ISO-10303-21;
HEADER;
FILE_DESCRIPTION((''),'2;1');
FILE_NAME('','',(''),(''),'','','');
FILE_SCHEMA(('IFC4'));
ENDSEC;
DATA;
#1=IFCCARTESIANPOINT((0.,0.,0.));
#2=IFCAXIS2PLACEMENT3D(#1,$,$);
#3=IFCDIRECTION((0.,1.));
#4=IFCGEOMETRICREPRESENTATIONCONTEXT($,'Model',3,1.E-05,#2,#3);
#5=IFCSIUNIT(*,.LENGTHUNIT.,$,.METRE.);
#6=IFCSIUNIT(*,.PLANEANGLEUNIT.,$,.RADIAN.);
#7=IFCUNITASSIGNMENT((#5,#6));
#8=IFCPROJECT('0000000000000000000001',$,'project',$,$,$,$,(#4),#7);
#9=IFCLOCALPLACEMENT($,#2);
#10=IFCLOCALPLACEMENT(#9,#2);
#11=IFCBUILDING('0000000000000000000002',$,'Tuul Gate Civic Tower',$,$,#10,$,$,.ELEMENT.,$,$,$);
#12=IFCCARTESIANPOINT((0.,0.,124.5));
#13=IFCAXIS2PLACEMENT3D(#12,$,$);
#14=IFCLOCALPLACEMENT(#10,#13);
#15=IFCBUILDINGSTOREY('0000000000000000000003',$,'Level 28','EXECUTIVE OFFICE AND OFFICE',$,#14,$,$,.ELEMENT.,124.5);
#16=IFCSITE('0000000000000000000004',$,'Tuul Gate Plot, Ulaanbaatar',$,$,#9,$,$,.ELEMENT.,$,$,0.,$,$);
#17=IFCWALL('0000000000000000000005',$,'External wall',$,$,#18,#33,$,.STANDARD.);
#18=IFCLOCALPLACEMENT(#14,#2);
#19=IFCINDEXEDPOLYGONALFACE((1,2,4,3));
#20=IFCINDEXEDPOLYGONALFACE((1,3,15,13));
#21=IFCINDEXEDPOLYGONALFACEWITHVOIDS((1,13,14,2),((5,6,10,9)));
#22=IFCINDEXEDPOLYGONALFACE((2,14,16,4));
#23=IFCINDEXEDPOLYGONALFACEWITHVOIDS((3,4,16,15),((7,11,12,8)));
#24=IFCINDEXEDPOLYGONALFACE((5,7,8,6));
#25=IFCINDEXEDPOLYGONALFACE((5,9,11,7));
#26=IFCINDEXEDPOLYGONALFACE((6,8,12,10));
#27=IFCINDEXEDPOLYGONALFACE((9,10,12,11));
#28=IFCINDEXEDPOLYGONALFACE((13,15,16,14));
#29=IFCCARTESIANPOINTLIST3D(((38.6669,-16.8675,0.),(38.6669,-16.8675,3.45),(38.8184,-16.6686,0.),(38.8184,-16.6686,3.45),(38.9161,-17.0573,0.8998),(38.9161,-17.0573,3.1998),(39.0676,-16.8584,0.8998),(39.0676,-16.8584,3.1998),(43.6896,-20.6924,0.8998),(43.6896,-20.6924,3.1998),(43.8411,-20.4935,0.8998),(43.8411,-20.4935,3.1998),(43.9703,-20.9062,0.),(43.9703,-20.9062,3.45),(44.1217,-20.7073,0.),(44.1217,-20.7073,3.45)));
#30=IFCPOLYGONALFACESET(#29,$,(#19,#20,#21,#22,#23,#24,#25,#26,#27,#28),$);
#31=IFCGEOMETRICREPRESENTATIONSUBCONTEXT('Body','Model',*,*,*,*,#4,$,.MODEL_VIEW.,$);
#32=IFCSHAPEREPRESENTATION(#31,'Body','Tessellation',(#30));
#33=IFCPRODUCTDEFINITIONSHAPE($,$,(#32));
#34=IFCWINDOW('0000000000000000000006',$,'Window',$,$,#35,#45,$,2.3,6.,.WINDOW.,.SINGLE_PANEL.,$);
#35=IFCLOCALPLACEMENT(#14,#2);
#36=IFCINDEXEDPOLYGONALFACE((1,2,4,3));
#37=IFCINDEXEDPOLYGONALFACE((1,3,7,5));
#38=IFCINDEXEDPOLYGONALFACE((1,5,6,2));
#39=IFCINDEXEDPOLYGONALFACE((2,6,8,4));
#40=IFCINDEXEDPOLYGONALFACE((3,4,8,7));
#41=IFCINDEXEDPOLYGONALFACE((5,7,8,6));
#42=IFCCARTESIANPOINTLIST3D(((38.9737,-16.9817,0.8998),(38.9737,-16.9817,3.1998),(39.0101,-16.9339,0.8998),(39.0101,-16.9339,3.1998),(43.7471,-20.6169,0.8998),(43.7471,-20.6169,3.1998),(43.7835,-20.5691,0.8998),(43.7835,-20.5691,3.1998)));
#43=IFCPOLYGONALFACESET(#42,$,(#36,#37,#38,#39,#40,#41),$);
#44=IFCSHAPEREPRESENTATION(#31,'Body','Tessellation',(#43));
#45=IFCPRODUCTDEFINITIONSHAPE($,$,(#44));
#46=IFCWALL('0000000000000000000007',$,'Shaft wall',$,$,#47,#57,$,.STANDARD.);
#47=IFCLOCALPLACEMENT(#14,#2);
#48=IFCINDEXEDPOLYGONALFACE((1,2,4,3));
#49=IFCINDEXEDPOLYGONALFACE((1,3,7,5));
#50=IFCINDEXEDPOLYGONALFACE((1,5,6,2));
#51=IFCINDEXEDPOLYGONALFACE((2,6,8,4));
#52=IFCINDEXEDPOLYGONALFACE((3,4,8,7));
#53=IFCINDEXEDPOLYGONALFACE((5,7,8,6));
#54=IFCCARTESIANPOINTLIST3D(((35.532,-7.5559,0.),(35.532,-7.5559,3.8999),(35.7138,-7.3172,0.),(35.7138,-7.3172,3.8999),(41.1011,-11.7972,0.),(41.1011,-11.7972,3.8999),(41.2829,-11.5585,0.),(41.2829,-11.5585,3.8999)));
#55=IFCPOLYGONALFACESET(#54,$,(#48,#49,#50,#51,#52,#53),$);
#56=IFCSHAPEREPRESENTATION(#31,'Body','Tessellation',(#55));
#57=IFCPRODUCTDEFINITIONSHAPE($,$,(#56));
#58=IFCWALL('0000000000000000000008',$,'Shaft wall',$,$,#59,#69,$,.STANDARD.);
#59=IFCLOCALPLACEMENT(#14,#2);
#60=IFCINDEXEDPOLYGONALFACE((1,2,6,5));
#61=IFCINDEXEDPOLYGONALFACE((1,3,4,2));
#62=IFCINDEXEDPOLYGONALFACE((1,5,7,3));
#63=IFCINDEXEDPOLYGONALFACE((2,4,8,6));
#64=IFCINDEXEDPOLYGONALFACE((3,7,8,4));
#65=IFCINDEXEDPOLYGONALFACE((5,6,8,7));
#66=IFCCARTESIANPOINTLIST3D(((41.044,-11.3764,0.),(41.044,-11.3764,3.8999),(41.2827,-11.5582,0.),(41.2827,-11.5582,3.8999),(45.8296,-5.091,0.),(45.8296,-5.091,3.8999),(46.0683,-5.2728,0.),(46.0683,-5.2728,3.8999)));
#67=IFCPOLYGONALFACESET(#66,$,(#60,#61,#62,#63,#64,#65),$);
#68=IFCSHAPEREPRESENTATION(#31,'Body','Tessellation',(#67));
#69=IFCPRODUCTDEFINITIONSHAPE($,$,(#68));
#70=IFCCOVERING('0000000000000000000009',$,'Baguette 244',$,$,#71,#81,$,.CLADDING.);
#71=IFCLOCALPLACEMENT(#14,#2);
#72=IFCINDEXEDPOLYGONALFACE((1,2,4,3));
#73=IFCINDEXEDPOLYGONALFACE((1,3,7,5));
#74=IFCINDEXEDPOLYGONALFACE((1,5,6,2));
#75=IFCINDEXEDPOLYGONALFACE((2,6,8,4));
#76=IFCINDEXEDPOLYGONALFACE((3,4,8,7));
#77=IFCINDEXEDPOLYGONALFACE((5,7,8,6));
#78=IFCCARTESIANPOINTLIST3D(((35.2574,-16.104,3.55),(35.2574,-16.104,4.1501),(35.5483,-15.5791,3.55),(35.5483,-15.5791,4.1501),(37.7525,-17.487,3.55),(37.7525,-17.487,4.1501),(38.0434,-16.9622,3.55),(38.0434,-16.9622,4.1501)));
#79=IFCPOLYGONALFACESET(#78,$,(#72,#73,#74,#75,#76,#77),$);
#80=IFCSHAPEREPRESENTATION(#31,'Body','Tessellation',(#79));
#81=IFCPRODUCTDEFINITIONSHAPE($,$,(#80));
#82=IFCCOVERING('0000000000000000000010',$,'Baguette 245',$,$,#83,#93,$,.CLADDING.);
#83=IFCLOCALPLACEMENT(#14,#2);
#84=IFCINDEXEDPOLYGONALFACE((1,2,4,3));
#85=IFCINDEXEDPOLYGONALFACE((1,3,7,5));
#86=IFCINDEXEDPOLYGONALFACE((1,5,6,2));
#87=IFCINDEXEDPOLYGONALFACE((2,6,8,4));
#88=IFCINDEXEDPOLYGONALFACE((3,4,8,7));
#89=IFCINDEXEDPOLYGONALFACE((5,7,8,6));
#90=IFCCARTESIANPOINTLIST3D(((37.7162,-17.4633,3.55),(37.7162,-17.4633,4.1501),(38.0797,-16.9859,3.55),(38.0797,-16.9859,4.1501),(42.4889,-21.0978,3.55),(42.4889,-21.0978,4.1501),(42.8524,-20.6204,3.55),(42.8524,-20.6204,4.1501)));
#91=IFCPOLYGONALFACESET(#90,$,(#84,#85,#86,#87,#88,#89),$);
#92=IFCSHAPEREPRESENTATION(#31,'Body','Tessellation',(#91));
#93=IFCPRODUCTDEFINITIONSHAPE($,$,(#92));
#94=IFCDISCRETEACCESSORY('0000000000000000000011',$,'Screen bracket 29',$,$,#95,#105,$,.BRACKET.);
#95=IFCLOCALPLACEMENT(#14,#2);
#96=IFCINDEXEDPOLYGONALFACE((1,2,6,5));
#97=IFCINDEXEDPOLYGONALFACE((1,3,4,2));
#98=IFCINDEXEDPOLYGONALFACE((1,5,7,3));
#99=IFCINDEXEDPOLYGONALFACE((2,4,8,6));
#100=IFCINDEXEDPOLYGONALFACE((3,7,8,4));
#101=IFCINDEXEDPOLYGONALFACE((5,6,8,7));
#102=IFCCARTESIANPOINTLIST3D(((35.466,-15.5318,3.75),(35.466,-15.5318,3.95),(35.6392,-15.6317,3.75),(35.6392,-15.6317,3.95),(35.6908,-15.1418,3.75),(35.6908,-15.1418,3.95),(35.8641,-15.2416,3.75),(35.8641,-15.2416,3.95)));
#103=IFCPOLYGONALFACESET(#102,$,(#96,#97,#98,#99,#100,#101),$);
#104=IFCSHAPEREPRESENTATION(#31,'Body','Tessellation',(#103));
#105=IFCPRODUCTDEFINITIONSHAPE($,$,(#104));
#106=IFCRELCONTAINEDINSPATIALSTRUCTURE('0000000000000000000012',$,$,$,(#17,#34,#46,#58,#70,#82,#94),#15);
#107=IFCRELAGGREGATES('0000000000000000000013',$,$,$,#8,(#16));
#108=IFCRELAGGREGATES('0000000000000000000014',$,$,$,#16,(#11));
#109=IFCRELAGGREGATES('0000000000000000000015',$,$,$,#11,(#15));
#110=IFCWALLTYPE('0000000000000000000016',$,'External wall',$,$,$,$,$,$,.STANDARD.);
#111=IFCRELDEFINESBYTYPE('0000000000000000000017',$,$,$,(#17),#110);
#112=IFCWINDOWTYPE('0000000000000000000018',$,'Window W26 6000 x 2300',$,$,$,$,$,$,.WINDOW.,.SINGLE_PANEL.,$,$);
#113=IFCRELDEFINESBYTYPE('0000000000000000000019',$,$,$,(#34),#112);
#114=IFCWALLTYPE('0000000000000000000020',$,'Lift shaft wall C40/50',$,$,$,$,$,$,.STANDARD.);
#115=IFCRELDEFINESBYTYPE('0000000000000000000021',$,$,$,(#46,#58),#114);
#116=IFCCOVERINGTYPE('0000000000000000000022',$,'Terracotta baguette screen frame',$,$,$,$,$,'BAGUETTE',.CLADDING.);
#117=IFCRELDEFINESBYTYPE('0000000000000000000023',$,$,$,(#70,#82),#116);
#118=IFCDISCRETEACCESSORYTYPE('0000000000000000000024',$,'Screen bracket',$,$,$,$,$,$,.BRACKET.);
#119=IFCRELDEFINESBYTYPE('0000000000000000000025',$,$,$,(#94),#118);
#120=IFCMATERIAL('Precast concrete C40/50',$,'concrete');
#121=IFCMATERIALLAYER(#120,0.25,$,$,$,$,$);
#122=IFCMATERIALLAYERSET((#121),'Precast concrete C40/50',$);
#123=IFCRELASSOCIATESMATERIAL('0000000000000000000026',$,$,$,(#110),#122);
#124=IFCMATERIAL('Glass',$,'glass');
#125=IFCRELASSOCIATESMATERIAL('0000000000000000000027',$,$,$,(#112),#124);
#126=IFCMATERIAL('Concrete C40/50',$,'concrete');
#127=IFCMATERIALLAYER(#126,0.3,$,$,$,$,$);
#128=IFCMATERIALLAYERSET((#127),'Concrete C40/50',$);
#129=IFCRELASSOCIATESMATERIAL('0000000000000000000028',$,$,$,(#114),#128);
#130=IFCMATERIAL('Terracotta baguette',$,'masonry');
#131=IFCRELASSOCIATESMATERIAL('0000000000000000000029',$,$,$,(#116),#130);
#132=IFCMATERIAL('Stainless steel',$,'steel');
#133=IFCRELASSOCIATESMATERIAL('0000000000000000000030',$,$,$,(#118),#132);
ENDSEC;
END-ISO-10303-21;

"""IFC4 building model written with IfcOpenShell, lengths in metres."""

from ifc_helpers import new_model, si_unit, direction, frame, frame_2d, origin, origin_2d, place, context, subcontext, project, spatial, rectangle, extrude, material, layer, layer_set, material_profile, profile_set, type_object, element, fill, save


model = new_model("IFC4")

# Units and contexts
model_context = context("Model", 3, precision=1e-05, world=origin(), true_north=direction((0.0, 1.0)))
body_context = subcontext(model_context, "Body", "Model", "MODEL_VIEW")
ifc_project = project(units=[si_unit("LENGTHUNIT", "METRE"), si_unit("PLANEANGLEUNIT", "RADIAN")], contexts=[model_context])

# Site, building, storey
site_placement = place(None, origin())
site = spatial("IfcSite", under=ifc_project, at=site_placement, Name="Tuul Gate Plot, Ulaanbaatar", CompositionType="ELEMENT", RefElevation=0.0)
building_placement = place(site_placement, origin())
building = spatial("IfcBuilding", under=site, at=building_placement, Name="Tuul Gate Civic Tower", CompositionType="ELEMENT")
storey_placement = place(building_placement, frame((0.0, 0.0, 124.5)))
storey = spatial("IfcBuildingStorey", under=building, at=storey_placement, Name="Level 28", Description="EXECUTIVE OFFICE AND OFFICE", CompositionType="ELEMENT", Elevation=124.5)

# Wall, opening, window
ifc_material_1 = material(Name="Precast concrete C40/50", Category="concrete")
ifc_layer_1 = layer(ifc_material_1, 0.25)
ifc_layer_set_1 = layer_set([ifc_layer_1], Name="Precast concrete C40/50")
wall_type_1 = type_object("IfcWallType", Name="External wall", PredefinedType="STANDARD", material=ifc_layer_set_1)
wall_1_placement = place(storey_placement, frame((38.7427, -16.7681, 0.0), z_axis=(0.0, 0.0, 1.0), x_axis=(0.795575, -0.605856, 0.0)))
wall_1 = element("IfcWall", 1, at=wall_1_placement, inside=storey, type_object=wall_type_1, Name="External wall", PredefinedType="STANDARD", context=body_context, shape_type="SweptSolid", body=[
    extrude(rectangle(XDim=6.666, YDim=0.25, at=frame_2d((3.333, 0.0))), origin(), (0.0, 0.0, 1.0), 3.45),
])
opening_1_placement = place(wall_1_placement, frame((0.3132, 0.0, 0.8999)))
opening_1 = element("IfcOpeningElement", 2, at=opening_1_placement, cuts=wall_1, PredefinedType="OPENING", context=body_context, shape_type="SweptSolid", body=[
    extrude(rectangle(XDim=6.0, YDim=2.3, at=frame_2d((3.0, 1.1499))), frame((0.0, 0.135, 0.0), z_axis=(0.0, -1.0, 0.0), x_axis=(1.0, 0.0, 0.0)), (0.0, 0.0, 1.0), 0.27),
])
ifc_material_2 = material(Name="Glass", Category="glass")
window_type = type_object("IfcWindowType", Name="Window W26 6000 x 2300", PartitioningType="SINGLE_PANEL", PredefinedType="WINDOW", material=ifc_material_2)
window_placement = place(opening_1_placement, origin())
window = element("IfcWindow", 3, at=window_placement, inside=storey, type_object=window_type, Name="Window", OverallHeight=2.3, OverallWidth=6.0, PartitioningType="SINGLE_PANEL", PredefinedType="WINDOW", context=body_context, shape_type="SweptSolid", body=[
    extrude(rectangle(XDim=6.0, YDim=2.3, at=frame_2d((3.0, 1.1499))), frame((0.0, 0.03, 0.0), z_axis=(0.0, -1.0, 0.0), x_axis=(1.0, 0.0, 0.0)), (0.0, 0.0, 1.0), 0.0601),
])
fill(opening_1, window)

# Walls
ifc_material_3 = material(Name="Concrete C40/50", Category="concrete")
ifc_layer_2 = layer(ifc_material_3, 0.3)
ifc_layer_set_2 = layer_set([ifc_layer_2], Name="Concrete C40/50")
wall_type_2 = type_object("IfcWallType", Name="Lift shaft wall C40/50", PredefinedType="STANDARD", material=ifc_layer_set_2)
wall_2_placement = place(storey_placement, frame((41.1919, -11.6777, 0.0), z_axis=(0.0, 0.0, 1.0), x_axis=(-0.795563, 0.605871, 0.0)))
element("IfcWall", 4, at=wall_2_placement, inside=storey, type_object=wall_type_2, Name="Shaft wall", PredefinedType="STANDARD", context=body_context, shape_type="SweptSolid", body=[
    extrude(rectangle(XDim=7.0002, YDim=0.3, at=frame_2d((3.5, 0.0))), origin(), (0.0, 0.0, 1.0), 3.8999),
])
wall_3_placement = place(storey_placement, frame((41.1633, -11.4673, 0.0), z_axis=(0.0, 0.0, 1.0), x_axis=(0.605784, 0.795629, 0.0)))
element("IfcWall", 5, at=wall_3_placement, inside=storey, type_object=wall_type_2, Name="Shaft wall", PredefinedType="STANDARD", context=body_context, shape_type="SweptSolid", body=[
    extrude(rectangle(XDim=7.8999, YDim=0.3, at=frame_2d((3.95, 0.0))), origin(), (0.0, 0.0, 1.0), 3.8999),
])

# Coverings
ifc_material_4 = material(Name="Terracotta baguette", Category="masonry")
ifc_material_profile_1 = material_profile(ifc_material_4, rectangle(XDim=0.6001, YDim=0.6001, at=origin_2d()), Name="Terracotta baguette screen frame")
ifc_profile_set_1 = profile_set([ifc_material_profile_1], Name="Terracotta baguette")
covering_type = type_object("IfcCoveringType", Name="Terracotta baguette screen frame", ElementType="BAGUETTE", PredefinedType="CLADDING", material=ifc_profile_set_1)
covering_1_placement = place(storey_placement, frame((35.4028, -15.8416, 3.8501), z_axis=(0.874621, -0.484807, 0.0), x_axis=(0.484807, 0.874621, 0.0)))
element("IfcCovering", 6, at=covering_1_placement, inside=storey, type_object=covering_type, Name="Baguette 244", PredefinedType="CLADDING", context=body_context, shape_type="SweptSolid", body=[
    extrude(rectangle(XDim=0.6001, YDim=0.6001, at=origin_2d()), origin(), (0.0, 0.0, 1.0), 2.8528),
])
covering_2_placement = place(storey_placement, frame((37.8979, -17.2246, 3.8501), z_axis=(0.795578, -0.605851, 0.0), x_axis=(0.605851, 0.795578, 0.0)))
element("IfcCovering", 7, at=covering_2_placement, inside=storey, type_object=covering_type, Name="Baguette 245", PredefinedType="CLADDING", context=body_context, shape_type="SweptSolid", body=[
    extrude(rectangle(XDim=0.6001, YDim=0.6001, at=origin_2d()), origin(), (0.0, 0.0, 1.0), 5.999),
])

# Discrete accessory
ifc_material_5 = material(Name="Stainless steel", Category="steel")
discrete_accessory_type = type_object("IfcDiscreteAccessoryType", Name="Screen bracket", PredefinedType="BRACKET", material=ifc_material_5)
discrete_accessory_placement = place(storey_placement, frame((35.665, -15.3867, 3.75), z_axis=(0.0, 0.0, 1.0), x_axis=(-0.49938, -0.866383, 0.0)))
element("IfcDiscreteAccessory", 8, at=discrete_accessory_placement, inside=storey, type_object=discrete_accessory_type, Name="Screen bracket 29", PredefinedType="BRACKET", context=body_context, shape_type="SweptSolid", body=[
    extrude(rectangle(XDim=0.4502, YDim=0.2, at=origin_2d()), origin(), (0.0, 0.0, 1.0), 0.2),
])

save(model, "model.ifc")
